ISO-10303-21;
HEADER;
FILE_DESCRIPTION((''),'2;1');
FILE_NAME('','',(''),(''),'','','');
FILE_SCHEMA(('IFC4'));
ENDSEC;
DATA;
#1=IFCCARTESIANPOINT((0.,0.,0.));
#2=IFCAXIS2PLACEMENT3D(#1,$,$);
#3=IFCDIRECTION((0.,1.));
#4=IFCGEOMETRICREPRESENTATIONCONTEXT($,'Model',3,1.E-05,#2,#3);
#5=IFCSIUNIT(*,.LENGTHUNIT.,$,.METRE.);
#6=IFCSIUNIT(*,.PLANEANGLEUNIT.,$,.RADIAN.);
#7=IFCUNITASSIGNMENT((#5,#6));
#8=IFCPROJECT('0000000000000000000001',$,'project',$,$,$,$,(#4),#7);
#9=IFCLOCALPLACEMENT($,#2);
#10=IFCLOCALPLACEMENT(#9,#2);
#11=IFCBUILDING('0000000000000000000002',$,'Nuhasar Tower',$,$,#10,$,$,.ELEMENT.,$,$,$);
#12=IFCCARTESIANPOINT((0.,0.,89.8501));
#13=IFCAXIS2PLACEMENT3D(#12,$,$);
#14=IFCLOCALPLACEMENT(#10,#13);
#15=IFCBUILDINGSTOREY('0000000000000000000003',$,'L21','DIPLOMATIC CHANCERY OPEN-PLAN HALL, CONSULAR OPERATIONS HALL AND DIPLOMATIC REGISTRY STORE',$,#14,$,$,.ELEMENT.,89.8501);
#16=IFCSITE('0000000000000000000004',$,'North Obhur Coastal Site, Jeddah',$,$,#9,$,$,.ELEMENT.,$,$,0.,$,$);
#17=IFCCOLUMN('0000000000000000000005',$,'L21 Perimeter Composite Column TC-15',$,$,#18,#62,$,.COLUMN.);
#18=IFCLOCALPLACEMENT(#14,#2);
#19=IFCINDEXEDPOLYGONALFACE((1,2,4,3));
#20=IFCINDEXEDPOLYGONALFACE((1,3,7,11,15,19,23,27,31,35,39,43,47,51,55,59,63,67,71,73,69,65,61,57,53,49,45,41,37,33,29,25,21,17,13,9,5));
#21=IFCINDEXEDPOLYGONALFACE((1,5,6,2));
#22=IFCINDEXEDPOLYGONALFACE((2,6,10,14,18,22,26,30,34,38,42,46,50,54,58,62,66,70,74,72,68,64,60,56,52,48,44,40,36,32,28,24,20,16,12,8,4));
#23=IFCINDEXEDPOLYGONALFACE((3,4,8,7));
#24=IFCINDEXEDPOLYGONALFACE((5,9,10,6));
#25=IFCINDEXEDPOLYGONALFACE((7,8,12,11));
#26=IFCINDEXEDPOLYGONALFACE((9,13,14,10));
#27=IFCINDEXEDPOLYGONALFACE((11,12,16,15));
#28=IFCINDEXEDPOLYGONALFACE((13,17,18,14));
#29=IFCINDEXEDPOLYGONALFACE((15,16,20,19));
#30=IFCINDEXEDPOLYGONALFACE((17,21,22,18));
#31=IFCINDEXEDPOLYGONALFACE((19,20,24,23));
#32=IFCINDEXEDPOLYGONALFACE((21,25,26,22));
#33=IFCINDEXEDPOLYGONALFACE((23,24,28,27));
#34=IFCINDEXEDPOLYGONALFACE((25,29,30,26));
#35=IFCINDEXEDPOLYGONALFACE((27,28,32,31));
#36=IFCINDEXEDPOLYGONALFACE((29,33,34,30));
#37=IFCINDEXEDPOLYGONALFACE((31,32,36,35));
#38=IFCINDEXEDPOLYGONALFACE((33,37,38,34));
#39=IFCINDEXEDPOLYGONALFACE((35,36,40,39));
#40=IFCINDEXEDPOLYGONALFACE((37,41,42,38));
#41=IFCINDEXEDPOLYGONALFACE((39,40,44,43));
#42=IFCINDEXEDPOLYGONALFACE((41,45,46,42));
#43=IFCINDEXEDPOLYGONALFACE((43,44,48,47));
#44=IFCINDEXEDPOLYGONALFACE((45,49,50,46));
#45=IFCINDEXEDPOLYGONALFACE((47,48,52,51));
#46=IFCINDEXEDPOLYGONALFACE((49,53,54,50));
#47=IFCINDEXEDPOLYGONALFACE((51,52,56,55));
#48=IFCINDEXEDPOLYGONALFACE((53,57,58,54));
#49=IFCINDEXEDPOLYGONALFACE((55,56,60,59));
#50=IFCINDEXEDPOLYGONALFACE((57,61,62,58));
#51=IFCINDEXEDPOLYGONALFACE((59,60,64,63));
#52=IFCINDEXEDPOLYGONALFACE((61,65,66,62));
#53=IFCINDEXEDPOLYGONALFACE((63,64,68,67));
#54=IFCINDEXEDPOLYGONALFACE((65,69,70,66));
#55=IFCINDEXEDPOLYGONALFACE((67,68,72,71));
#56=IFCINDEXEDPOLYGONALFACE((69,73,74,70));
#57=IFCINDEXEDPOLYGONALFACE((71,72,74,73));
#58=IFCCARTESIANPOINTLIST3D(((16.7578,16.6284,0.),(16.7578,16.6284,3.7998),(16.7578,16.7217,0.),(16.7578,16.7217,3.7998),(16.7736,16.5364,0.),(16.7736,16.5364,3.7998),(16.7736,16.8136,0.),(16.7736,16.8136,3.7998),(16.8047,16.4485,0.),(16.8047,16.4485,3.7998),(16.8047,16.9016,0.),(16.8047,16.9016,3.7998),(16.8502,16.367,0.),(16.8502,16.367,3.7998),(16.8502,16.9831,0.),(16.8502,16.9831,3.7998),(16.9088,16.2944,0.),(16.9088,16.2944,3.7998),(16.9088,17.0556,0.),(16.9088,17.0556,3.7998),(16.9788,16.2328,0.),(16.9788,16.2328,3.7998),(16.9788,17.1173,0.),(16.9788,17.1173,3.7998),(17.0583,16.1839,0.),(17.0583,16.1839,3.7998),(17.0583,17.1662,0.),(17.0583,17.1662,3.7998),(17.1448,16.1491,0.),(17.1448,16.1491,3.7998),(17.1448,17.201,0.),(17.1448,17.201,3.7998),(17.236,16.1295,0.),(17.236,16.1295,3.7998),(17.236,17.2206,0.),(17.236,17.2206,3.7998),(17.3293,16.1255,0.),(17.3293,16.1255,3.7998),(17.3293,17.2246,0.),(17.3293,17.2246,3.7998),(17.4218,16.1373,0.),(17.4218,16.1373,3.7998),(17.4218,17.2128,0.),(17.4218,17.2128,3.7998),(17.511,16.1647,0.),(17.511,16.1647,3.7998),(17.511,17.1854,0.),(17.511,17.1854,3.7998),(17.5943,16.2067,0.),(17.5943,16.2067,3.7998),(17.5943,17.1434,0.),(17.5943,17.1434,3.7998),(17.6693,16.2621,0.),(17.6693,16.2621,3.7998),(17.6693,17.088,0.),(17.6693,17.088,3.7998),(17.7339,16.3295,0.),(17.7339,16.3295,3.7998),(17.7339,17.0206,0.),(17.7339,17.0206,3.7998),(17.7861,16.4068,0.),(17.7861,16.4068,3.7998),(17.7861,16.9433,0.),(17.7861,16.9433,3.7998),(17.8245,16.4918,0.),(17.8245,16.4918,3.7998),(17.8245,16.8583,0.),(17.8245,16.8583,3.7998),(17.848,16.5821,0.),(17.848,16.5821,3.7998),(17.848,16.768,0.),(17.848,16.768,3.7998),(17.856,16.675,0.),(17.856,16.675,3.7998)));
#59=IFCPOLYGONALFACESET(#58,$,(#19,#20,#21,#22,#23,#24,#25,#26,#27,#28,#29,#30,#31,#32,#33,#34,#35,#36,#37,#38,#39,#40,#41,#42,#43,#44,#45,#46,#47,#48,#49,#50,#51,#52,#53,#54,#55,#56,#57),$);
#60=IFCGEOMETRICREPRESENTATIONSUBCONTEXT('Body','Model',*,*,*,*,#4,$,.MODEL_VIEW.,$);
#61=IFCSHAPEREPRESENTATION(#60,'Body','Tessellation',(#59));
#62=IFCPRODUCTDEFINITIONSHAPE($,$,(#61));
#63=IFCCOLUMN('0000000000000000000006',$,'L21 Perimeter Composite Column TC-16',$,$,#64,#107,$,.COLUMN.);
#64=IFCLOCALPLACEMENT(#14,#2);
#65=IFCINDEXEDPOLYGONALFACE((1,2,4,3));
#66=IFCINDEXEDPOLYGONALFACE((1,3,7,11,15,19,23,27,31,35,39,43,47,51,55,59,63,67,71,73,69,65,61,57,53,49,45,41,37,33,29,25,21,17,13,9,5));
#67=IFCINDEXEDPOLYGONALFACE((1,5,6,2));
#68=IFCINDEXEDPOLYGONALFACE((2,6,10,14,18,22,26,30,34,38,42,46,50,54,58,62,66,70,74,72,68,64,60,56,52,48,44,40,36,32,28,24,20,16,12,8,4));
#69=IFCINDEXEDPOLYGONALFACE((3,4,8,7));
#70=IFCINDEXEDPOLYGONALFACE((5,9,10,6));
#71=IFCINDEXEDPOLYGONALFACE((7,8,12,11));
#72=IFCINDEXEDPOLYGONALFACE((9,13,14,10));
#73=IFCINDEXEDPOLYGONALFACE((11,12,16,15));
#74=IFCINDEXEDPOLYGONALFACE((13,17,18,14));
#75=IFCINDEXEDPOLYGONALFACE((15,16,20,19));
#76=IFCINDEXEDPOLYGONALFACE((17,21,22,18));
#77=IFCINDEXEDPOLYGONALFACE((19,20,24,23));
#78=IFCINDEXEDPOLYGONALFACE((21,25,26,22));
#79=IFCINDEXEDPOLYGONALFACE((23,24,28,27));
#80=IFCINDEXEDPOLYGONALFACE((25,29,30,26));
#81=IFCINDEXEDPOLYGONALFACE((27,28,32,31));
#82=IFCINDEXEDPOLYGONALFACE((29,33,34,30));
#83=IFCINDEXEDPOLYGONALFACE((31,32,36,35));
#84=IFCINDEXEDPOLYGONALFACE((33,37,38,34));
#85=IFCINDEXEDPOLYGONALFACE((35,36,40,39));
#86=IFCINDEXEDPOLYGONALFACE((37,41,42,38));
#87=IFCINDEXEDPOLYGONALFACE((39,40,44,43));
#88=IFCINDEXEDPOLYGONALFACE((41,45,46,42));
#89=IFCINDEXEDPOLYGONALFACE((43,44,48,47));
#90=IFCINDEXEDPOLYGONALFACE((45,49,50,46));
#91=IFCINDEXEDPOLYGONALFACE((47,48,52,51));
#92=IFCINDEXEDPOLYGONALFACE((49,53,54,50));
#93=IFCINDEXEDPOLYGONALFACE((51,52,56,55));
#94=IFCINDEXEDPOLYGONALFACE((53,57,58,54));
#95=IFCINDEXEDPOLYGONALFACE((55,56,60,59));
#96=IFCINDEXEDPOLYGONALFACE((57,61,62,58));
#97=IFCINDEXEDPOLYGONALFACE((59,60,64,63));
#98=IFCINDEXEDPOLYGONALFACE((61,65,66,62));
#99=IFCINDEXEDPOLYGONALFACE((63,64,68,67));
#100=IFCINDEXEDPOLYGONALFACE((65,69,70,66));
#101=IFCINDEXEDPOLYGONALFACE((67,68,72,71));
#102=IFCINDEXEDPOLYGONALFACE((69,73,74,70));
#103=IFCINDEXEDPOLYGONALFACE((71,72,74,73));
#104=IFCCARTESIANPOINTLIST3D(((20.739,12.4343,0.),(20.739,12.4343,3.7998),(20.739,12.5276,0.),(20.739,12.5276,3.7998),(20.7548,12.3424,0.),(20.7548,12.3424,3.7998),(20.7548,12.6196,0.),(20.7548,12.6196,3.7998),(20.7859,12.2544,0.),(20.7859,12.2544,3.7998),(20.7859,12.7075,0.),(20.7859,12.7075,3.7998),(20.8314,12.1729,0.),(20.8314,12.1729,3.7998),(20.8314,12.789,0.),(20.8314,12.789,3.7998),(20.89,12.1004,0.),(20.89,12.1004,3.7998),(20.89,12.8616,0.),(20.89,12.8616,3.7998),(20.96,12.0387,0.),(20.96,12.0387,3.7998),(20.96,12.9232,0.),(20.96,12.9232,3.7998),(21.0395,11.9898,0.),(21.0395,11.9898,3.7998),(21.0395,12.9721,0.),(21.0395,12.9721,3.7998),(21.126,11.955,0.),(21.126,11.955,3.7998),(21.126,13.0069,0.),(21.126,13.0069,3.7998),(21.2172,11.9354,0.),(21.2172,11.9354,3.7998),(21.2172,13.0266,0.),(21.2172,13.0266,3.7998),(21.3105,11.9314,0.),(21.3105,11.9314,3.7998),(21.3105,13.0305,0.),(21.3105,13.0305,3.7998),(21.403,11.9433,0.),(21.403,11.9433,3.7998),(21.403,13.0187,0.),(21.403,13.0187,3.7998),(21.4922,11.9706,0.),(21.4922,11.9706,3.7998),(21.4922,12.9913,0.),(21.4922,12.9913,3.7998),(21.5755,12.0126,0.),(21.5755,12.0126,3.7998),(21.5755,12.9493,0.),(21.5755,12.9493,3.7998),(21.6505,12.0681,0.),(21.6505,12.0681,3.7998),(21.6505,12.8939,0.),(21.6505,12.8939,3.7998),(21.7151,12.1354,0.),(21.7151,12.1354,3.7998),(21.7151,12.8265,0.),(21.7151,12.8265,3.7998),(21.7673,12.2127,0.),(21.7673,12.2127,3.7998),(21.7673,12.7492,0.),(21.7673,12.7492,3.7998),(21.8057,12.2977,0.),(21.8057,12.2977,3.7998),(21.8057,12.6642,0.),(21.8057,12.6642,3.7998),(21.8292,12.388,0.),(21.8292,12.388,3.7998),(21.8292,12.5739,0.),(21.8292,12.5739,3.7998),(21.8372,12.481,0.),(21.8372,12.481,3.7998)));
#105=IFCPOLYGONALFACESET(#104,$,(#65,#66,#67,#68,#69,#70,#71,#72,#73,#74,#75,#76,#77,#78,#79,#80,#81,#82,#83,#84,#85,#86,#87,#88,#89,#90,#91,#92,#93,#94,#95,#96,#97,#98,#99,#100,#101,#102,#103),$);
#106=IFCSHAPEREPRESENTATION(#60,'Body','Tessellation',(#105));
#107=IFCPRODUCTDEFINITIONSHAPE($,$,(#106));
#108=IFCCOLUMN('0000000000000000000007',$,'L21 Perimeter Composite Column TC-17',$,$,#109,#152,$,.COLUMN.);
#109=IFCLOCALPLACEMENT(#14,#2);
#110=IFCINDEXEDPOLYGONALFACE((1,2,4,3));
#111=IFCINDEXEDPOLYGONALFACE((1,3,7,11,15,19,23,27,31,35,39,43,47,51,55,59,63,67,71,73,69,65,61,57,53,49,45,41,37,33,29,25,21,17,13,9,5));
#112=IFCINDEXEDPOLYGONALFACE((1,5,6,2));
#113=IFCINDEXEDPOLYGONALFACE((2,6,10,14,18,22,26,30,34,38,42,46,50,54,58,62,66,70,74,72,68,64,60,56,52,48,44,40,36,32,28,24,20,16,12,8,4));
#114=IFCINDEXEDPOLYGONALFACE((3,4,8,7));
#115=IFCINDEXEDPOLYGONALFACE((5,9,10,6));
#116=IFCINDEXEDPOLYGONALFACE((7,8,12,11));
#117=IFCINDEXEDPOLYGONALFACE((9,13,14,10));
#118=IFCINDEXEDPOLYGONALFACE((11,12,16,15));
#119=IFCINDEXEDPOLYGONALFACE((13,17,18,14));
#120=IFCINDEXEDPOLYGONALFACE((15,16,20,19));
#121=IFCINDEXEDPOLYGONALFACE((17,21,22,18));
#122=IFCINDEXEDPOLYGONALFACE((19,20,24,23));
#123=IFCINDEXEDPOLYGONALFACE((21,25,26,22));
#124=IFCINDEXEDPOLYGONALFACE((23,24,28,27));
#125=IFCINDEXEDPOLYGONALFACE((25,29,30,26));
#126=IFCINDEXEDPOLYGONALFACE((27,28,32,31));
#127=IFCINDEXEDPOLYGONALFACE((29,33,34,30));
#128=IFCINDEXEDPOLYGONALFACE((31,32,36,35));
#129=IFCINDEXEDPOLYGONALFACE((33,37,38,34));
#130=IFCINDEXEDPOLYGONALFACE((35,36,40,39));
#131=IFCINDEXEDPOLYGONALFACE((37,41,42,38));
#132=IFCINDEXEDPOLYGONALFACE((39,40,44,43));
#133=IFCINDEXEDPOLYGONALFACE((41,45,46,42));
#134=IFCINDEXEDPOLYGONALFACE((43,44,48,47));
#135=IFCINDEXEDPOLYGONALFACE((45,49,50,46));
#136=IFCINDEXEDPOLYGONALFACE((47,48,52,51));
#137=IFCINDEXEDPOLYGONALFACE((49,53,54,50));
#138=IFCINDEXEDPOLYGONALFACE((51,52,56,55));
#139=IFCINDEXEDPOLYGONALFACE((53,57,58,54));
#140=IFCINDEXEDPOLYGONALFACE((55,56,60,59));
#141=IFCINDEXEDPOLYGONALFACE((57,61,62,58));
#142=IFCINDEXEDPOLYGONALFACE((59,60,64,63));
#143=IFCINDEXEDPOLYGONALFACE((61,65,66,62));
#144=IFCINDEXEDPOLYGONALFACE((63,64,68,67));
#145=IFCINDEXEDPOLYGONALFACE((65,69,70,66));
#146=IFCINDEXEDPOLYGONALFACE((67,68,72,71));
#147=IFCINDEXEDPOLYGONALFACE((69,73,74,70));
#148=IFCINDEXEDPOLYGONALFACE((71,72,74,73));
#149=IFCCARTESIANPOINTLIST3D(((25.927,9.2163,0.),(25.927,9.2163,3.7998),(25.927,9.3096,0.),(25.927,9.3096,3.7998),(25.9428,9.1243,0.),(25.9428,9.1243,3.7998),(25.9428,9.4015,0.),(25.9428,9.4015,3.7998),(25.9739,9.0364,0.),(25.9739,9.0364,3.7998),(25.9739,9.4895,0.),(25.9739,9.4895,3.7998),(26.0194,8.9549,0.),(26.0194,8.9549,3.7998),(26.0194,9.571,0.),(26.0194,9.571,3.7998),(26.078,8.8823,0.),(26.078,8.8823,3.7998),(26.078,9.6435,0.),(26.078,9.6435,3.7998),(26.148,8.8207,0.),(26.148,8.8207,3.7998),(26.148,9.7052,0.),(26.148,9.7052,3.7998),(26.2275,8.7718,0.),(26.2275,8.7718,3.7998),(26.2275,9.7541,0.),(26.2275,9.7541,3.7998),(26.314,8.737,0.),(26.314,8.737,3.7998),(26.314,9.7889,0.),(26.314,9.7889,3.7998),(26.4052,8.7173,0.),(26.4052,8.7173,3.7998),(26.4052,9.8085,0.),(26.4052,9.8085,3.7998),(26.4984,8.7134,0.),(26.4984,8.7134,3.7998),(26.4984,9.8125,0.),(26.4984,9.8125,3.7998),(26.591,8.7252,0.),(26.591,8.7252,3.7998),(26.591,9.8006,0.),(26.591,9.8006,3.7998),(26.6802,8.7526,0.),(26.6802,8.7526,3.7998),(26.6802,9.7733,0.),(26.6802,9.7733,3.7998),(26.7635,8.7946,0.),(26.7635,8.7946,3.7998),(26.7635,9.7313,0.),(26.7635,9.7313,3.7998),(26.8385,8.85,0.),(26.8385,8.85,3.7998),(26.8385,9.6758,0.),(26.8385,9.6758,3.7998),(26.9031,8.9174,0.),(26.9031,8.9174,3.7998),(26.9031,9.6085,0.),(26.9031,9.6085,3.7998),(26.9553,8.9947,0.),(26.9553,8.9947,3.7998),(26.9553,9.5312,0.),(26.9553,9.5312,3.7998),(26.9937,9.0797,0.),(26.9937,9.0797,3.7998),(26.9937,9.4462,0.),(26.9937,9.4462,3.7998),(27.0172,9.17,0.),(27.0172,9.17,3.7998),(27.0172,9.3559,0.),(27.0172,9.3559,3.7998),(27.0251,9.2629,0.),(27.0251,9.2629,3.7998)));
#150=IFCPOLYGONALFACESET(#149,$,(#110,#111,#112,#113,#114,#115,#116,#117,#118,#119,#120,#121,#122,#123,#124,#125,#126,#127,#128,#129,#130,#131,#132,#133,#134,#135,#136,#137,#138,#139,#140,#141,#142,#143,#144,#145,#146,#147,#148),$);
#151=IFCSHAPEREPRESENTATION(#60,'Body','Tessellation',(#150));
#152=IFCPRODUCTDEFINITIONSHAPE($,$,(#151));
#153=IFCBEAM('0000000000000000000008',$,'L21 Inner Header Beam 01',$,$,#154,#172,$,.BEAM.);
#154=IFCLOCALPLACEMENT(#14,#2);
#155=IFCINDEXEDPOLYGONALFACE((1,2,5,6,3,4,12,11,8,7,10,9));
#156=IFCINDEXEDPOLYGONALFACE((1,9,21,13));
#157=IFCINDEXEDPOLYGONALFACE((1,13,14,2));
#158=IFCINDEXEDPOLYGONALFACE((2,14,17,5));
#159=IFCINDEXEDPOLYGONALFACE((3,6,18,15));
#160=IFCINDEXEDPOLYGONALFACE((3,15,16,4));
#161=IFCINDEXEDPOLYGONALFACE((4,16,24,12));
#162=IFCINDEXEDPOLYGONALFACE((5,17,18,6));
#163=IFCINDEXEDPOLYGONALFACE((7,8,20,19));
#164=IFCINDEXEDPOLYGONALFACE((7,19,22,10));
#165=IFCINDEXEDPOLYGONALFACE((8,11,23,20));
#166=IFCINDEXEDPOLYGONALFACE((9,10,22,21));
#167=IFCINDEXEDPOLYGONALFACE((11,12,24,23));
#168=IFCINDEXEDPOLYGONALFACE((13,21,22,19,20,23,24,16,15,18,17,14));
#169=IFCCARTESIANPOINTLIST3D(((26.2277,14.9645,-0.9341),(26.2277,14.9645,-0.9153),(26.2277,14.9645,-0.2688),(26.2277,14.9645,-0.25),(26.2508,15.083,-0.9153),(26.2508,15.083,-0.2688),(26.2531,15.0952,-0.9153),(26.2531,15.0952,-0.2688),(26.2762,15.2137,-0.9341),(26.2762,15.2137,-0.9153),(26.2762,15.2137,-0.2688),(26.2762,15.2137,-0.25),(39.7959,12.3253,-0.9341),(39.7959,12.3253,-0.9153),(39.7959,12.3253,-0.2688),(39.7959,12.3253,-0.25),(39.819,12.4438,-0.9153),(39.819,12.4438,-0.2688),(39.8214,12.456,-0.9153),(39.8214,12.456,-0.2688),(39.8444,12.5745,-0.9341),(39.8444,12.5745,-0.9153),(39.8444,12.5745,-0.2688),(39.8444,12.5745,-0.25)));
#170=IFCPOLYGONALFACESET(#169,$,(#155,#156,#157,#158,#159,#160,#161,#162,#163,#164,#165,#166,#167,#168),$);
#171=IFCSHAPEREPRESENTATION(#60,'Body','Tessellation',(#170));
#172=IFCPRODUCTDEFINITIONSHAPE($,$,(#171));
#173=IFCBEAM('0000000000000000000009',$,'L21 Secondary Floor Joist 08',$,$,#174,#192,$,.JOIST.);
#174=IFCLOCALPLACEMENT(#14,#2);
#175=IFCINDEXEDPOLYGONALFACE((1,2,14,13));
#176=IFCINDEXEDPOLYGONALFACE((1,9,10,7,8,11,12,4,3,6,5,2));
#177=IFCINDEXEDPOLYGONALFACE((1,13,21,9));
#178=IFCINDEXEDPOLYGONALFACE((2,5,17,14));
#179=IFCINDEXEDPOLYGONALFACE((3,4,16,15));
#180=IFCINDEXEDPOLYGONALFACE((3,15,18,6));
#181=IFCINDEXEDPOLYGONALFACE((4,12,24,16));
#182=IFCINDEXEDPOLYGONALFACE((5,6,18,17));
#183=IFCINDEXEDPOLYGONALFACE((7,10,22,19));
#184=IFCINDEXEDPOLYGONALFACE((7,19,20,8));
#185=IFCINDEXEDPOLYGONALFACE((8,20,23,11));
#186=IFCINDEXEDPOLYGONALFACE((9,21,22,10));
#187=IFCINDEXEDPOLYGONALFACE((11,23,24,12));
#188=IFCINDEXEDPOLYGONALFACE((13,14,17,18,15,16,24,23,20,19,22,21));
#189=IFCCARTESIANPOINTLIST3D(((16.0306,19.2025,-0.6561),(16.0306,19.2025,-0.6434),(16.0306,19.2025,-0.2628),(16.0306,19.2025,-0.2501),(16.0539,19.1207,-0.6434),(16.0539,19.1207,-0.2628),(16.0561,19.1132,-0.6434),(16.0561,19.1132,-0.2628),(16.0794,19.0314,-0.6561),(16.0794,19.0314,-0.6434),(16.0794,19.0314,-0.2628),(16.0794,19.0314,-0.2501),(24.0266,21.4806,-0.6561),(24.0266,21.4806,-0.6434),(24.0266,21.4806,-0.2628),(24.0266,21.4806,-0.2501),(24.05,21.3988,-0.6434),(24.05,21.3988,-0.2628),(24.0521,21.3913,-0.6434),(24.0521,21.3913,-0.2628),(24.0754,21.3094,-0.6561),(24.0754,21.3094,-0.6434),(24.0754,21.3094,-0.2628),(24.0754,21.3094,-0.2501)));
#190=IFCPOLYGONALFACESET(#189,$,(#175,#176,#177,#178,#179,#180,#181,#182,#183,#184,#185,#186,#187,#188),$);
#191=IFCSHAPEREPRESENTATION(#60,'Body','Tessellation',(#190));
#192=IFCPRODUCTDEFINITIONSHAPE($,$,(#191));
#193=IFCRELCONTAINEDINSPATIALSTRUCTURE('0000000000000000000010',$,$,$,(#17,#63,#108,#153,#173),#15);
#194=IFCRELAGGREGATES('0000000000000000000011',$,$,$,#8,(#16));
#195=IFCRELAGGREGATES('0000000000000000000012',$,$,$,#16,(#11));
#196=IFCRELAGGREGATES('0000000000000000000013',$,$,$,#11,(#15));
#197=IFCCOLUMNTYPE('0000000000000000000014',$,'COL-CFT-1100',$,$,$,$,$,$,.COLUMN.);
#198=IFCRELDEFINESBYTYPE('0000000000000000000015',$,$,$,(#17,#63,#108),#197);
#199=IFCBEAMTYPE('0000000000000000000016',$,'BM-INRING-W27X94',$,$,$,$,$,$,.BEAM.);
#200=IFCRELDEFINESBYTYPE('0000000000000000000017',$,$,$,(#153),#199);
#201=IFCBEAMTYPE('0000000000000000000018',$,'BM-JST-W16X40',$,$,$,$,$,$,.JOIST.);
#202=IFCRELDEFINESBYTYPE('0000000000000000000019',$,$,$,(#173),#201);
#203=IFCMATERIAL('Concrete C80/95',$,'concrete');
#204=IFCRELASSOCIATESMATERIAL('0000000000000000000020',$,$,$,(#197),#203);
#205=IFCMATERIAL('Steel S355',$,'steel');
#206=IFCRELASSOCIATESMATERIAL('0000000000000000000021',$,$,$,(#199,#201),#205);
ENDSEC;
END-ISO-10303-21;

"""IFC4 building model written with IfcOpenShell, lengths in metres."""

from ifc_helpers import new_model, si_unit, direction, frame, origin, origin_2d, place, context, subcontext, project, spatial, circle, i_section, extrude, material, material_profile, profile_set, type_object, element, save


model = new_model("IFC4")

# Units and contexts
model_context = context("Model", 3, precision=1e-05, world=origin(), true_north=direction((0.0, 1.0)))
body_context = subcontext(model_context, "Body", "Model", "MODEL_VIEW")
ifc_project = project(units=[si_unit("LENGTHUNIT", "METRE"), si_unit("PLANEANGLEUNIT", "RADIAN")], contexts=[model_context])

# Site, building, storey
site_placement = place(None, origin())
site = spatial("IfcSite", under=ifc_project, at=site_placement, Name="North Obhur Coastal Site, Jeddah", CompositionType="ELEMENT", RefElevation=0.0)
building_placement = place(site_placement, origin())
building = spatial("IfcBuilding", under=site, at=building_placement, Name="Nuhasar Tower", CompositionType="ELEMENT")
storey_placement = place(building_placement, frame((0.0, 0.0, 89.8501)))
storey = spatial("IfcBuildingStorey", under=building, at=storey_placement, Name="L21", Description="DIPLOMATIC CHANCERY OPEN-PLAN HALL, CONSULAR OPERATIONS HALL AND DIPLOMATIC REGISTRY STORE", CompositionType="ELEMENT", Elevation=89.8501)

# Columns
ifc_material_1 = material(Name="Concrete C80/95", Category="concrete")
ifc_material_profile_1 = material_profile(ifc_material_1, circle(Radius=0.55, at=origin_2d()), Name="CFT1100")
ifc_profile_set_1 = profile_set([ifc_material_profile_1], Name="Concrete C80/95")
column_type = type_object("IfcColumnType", Name="COL-CFT-1100", PredefinedType="COLUMN", material=ifc_profile_set_1)
for number, where, z_axis, x_axis, name in (
    (1, (17.3059, 16.675, 0.0), (0.0, 0.0, 1.0), (1.0, 0.0, 0.0), "L21 Perimeter Composite Column TC-15"),
    (2, (21.2871, 12.481, 0.0), (0.0, 0.0, 1.0), (1.0, 0.0, 0.0), "L21 Perimeter Composite Column TC-16"),
    (3, (26.4751, 9.2629, 0.0), (0.0, 0.0, 1.0), (1.0, 0.0, 0.0), "L21 Perimeter Composite Column TC-17"),
):
    element("IfcColumn", number, at=place(storey_placement, frame(where, z_axis=z_axis, x_axis=x_axis)), inside=storey, type_object=column_type, Name=name, PredefinedType="COLUMN", context=body_context, shape_type="SweptSolid", body=[
        extrude(circle(Radius=0.55, at=origin_2d()), origin(), (0.0, 0.0, 1.0), 3.7998),
    ])

# Beams
ifc_material_2 = material(Name="Steel S355", Category="steel")
ifc_material_profile_2 = material_profile(ifc_material_2, i_section(OverallWidth=0.2539, OverallDepth=0.6841, WebThickness=0.0125, FlangeThickness=0.0188, at=origin_2d()), Name="W27X94")
ifc_profile_set_2 = profile_set([ifc_material_profile_2], Name="Steel S355")
beam_type_1 = type_object("IfcBeamType", Name="BM-INRING-W27X94", PredefinedType="BEAM", material=ifc_profile_set_2)
beam_1_placement = place(storey_placement, frame((26.252, 15.0891, -0.592), z_axis=(0.981603, -0.190933, 0.0), x_axis=(0.190933, 0.981603, 0.0)))
element("IfcBeam", 4, at=beam_1_placement, inside=storey, type_object=beam_type_1, Name="L21 Inner Header Beam 01", PredefinedType="BEAM", context=body_context, shape_type="SweptSolid", body=[
    extrude(i_section(OverallWidth=0.2539, OverallDepth=0.6841, WebThickness=0.0125, FlangeThickness=0.0188, at=origin_2d()), origin(), (0.0, 0.0, 1.0), 13.8225),
])
ifc_material_profile_3 = material_profile(ifc_material_2, i_section(OverallWidth=0.178, OverallDepth=0.406, WebThickness=0.0078, FlangeThickness=0.0127, at=origin_2d()), Name="W16X40")
ifc_profile_set_3 = profile_set([ifc_material_profile_3], Name="Steel S355")
beam_type_2 = type_object("IfcBeamType", Name="BM-JST-W16X40", PredefinedType="JOIST", material=ifc_profile_set_3)
beam_2_placement = place(storey_placement, frame((24.051, 21.395, -0.4531), z_axis=(-0.961731, -0.273996, 0.0), x_axis=(0.273996, -0.961731, 0.0)))
element("IfcBeam", 5, at=beam_2_placement, inside=storey, type_object=beam_type_2, Name="L21 Secondary Floor Joist 08", PredefinedType="JOIST", context=body_context, shape_type="SweptSolid", body=[
    extrude(i_section(OverallWidth=0.178, OverallDepth=0.406, WebThickness=0.0078, FlangeThickness=0.0127, at=origin_2d()), origin(), (0.0, 0.0, 1.0), 8.3142),
])

save(model, "model.ifc")
